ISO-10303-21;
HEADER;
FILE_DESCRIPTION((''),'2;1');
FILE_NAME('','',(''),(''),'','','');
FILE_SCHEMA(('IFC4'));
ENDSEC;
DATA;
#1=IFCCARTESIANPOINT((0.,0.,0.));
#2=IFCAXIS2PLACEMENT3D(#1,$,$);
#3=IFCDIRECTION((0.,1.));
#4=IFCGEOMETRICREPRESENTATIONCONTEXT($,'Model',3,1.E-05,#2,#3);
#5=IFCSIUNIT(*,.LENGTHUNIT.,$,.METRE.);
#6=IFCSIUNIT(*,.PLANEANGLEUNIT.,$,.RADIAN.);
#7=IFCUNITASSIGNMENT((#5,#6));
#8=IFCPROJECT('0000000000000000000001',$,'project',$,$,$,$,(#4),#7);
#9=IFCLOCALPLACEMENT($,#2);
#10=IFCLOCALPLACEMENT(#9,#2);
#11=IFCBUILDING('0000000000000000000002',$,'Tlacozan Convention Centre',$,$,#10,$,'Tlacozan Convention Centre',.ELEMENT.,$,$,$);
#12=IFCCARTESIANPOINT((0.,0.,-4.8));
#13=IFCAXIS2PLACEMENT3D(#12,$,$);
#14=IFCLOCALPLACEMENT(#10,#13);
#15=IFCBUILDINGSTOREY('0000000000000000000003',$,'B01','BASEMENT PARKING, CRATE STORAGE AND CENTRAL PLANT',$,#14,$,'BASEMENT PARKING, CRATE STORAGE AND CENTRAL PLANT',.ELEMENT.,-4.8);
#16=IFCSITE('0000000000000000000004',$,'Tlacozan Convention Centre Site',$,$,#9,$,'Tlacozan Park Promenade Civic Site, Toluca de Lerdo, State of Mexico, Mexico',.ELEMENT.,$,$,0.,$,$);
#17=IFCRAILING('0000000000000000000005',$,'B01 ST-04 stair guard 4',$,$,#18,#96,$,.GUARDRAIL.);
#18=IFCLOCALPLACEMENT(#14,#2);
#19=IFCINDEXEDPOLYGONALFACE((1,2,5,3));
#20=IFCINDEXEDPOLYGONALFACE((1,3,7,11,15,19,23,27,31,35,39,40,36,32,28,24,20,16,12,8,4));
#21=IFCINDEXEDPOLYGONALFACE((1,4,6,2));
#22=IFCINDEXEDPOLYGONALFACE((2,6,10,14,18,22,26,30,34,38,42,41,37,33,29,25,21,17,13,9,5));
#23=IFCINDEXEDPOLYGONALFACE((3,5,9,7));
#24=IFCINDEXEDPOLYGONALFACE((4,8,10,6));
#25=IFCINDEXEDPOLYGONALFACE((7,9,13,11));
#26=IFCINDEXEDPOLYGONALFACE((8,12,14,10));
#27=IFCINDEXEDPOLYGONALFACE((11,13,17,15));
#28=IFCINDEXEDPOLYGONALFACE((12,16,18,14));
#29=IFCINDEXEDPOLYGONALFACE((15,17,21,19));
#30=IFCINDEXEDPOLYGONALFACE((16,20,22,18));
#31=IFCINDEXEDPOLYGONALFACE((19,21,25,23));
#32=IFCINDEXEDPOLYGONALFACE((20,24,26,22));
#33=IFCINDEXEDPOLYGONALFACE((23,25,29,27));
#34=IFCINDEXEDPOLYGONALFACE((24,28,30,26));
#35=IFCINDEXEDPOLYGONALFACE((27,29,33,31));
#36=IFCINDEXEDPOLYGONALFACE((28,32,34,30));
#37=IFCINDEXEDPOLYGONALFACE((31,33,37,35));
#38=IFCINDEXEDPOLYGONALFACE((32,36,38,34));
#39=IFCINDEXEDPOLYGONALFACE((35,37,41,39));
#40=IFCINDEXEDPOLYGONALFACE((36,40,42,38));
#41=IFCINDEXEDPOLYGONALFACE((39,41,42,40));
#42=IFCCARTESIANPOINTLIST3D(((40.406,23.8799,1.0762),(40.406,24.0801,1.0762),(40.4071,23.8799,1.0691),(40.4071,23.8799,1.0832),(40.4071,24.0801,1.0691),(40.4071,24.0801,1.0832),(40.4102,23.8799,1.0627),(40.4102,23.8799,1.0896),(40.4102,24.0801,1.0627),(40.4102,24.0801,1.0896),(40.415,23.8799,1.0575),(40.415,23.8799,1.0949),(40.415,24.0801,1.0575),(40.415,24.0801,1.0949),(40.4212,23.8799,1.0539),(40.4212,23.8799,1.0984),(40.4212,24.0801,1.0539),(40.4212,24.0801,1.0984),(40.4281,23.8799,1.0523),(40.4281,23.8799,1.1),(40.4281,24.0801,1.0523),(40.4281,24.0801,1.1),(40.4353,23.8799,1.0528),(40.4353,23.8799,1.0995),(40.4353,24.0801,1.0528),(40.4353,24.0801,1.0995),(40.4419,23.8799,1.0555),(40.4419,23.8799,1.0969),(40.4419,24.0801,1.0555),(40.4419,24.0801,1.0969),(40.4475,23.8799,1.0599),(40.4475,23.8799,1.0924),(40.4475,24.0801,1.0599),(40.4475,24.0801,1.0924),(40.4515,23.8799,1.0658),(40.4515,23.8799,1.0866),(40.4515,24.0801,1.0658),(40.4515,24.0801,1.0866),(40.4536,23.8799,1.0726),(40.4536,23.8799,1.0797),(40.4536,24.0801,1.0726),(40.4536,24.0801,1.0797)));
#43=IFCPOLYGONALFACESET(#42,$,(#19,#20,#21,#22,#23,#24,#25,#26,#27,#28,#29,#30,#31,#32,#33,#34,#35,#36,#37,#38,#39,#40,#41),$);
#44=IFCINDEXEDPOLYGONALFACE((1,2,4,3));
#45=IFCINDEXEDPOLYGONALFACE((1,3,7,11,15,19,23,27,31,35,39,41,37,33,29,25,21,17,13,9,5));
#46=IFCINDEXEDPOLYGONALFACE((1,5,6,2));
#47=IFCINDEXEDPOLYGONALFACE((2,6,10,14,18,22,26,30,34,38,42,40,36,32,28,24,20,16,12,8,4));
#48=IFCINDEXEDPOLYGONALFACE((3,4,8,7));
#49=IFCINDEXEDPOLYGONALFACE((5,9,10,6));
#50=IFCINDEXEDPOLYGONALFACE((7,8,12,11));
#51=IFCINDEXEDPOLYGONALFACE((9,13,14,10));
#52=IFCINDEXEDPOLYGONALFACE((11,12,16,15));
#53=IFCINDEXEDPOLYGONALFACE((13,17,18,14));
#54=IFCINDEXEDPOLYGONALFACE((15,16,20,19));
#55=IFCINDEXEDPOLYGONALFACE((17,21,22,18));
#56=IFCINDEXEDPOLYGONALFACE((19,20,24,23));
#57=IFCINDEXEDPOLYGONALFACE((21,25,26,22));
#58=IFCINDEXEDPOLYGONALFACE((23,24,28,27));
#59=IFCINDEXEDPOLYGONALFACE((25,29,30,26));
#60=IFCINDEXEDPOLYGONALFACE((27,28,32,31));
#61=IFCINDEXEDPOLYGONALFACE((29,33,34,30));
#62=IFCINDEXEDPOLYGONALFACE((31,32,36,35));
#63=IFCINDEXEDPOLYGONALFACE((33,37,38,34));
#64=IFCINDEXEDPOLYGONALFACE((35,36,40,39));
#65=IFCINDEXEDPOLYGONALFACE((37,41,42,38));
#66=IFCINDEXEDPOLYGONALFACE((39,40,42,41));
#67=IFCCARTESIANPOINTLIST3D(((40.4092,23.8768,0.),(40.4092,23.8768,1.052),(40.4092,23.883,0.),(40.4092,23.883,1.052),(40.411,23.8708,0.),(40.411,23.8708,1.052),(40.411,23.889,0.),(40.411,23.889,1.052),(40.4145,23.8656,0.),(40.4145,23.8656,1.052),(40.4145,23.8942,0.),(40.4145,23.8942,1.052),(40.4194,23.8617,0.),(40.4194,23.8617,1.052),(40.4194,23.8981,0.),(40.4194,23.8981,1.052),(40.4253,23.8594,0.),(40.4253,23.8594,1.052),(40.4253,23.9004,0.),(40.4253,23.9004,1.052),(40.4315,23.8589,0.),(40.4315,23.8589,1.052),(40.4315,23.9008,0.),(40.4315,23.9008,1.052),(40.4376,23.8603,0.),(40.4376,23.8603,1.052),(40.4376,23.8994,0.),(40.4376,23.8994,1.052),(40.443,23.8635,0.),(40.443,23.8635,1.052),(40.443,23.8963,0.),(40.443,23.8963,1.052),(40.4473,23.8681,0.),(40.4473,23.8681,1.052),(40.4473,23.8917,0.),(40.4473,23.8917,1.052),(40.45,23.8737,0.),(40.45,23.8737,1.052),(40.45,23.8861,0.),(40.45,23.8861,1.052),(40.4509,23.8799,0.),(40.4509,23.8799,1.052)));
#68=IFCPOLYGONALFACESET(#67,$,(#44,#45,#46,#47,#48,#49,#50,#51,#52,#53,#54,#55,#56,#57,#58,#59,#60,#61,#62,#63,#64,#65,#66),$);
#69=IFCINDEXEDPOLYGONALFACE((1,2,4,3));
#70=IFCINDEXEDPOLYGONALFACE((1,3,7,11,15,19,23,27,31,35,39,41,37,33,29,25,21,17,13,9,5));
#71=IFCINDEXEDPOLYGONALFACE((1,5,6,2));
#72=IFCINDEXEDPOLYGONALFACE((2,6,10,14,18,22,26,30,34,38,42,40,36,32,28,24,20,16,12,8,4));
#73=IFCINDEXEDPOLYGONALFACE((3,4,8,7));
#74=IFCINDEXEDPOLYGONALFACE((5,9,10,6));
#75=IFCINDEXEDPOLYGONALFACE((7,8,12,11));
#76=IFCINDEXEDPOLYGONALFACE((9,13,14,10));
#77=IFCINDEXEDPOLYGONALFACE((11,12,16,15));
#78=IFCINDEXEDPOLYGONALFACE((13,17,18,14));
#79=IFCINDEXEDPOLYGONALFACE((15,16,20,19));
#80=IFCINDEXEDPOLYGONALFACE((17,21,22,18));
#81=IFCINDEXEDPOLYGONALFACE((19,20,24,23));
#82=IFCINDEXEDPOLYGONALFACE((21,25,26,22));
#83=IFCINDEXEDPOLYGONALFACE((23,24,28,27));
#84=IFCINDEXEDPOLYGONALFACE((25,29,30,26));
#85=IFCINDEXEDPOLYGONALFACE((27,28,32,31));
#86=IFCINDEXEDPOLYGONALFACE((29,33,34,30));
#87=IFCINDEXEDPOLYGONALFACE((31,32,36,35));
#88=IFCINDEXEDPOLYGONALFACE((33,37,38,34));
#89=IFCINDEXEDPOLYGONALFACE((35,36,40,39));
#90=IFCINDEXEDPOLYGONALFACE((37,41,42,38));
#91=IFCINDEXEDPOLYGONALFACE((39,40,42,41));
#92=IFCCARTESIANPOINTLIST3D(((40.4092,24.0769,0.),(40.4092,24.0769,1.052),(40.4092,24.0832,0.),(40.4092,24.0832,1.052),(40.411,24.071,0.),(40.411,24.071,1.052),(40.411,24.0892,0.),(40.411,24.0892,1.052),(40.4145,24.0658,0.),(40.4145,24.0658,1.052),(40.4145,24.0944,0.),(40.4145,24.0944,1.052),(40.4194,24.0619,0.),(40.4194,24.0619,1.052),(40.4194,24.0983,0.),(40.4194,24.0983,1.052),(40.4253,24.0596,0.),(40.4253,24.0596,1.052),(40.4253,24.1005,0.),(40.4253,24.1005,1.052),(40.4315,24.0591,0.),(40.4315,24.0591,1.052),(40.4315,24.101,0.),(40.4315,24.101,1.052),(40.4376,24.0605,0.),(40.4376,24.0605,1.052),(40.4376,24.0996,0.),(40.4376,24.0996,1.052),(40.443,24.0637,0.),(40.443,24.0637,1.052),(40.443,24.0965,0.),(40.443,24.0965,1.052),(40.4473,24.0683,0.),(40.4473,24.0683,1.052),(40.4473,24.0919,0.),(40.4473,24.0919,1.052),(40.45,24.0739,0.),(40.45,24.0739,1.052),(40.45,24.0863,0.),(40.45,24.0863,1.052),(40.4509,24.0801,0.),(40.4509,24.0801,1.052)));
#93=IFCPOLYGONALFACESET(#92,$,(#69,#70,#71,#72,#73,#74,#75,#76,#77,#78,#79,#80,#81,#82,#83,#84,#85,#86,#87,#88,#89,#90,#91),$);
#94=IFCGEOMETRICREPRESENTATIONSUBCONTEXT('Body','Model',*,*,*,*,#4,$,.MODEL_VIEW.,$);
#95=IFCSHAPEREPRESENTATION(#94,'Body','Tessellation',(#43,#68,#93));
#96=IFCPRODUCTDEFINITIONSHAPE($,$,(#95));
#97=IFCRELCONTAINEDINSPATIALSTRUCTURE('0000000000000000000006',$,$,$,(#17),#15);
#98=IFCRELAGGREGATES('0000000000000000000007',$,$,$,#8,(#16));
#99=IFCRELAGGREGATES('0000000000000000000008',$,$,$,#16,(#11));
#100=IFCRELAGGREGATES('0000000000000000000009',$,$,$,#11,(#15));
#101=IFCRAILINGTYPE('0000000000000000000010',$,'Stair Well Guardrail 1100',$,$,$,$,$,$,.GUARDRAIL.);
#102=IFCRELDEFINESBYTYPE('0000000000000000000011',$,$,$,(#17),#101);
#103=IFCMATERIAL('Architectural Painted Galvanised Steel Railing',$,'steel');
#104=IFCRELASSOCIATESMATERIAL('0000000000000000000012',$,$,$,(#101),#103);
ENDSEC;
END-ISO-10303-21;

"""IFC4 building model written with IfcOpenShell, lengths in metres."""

from ifc_helpers import new_model, si_unit, direction, frame, origin, origin_2d, place, context, subcontext, project, spatial, circle, extrude, material, type_object, element, save


model = new_model("IFC4")

# Units and contexts
model_context = context("Model", 3, precision=1e-05, world=origin(), true_north=direction((0.0, 1.0)))
body_context = subcontext(model_context, "Body", "Model", "MODEL_VIEW")
ifc_project = project(units=[si_unit("LENGTHUNIT", "METRE"), si_unit("PLANEANGLEUNIT", "RADIAN")], contexts=[model_context])

# Site, building, storey
site_placement = place(None, origin())
site = spatial("IfcSite", under=ifc_project, at=site_placement, Name="Tlacozan Convention Centre Site", LongName="Tlacozan Park Promenade Civic Site, Toluca de Lerdo, State of Mexico, Mexico", CompositionType="ELEMENT", RefElevation=0.0)
building_placement = place(site_placement, origin())
building = spatial("IfcBuilding", under=site, at=building_placement, Name="Tlacozan Convention Centre", LongName="Tlacozan Convention Centre", CompositionType="ELEMENT")
storey_placement = place(building_placement, frame((0.0, 0.0, -4.8)))
storey = spatial("IfcBuildingStorey", under=building, at=storey_placement, Name="B01", Description="BASEMENT PARKING, CRATE STORAGE AND CENTRAL PLANT", LongName="BASEMENT PARKING, CRATE STORAGE AND CENTRAL PLANT", CompositionType="ELEMENT", Elevation=-4.8)

# Railing
ifc_material_1 = material(Name="Architectural Painted Galvanised Steel Railing", Category="steel")
railing_type_1 = type_object("IfcRailingType", Name="Stair Well Guardrail 1100", PredefinedType="GUARDRAIL", material=ifc_material_1)
railing_1_placement = place(storey_placement, frame((40.4299, 23.8799, 0.0)))
element("IfcRailing", 1, at=railing_1_placement, inside=storey, type_object=railing_type_1, Name="B01 ST-04 stair guard 4", PredefinedType="GUARDRAIL", context=body_context, shape_type="SweptSolid", body=[
    extrude(circle(Radius=0.0239, at=origin_2d()), frame((0.0, 0.0, 1.0762), z_axis=(0.0, 1.0, 0.0), x_axis=(-1.0, 0.0, 0.0)), (0.0, 0.0, 1.0), 0.2002),
    extrude(circle(Radius=0.021, at=origin_2d()), origin(), (0.0, 0.0, 1.0), 1.052),
    extrude(circle(Radius=0.021, at=origin_2d()), frame((0.0, 0.2002, 0.0)), (0.0, 0.0, 1.0), 1.052),
])

save(model, "model.ifc")
